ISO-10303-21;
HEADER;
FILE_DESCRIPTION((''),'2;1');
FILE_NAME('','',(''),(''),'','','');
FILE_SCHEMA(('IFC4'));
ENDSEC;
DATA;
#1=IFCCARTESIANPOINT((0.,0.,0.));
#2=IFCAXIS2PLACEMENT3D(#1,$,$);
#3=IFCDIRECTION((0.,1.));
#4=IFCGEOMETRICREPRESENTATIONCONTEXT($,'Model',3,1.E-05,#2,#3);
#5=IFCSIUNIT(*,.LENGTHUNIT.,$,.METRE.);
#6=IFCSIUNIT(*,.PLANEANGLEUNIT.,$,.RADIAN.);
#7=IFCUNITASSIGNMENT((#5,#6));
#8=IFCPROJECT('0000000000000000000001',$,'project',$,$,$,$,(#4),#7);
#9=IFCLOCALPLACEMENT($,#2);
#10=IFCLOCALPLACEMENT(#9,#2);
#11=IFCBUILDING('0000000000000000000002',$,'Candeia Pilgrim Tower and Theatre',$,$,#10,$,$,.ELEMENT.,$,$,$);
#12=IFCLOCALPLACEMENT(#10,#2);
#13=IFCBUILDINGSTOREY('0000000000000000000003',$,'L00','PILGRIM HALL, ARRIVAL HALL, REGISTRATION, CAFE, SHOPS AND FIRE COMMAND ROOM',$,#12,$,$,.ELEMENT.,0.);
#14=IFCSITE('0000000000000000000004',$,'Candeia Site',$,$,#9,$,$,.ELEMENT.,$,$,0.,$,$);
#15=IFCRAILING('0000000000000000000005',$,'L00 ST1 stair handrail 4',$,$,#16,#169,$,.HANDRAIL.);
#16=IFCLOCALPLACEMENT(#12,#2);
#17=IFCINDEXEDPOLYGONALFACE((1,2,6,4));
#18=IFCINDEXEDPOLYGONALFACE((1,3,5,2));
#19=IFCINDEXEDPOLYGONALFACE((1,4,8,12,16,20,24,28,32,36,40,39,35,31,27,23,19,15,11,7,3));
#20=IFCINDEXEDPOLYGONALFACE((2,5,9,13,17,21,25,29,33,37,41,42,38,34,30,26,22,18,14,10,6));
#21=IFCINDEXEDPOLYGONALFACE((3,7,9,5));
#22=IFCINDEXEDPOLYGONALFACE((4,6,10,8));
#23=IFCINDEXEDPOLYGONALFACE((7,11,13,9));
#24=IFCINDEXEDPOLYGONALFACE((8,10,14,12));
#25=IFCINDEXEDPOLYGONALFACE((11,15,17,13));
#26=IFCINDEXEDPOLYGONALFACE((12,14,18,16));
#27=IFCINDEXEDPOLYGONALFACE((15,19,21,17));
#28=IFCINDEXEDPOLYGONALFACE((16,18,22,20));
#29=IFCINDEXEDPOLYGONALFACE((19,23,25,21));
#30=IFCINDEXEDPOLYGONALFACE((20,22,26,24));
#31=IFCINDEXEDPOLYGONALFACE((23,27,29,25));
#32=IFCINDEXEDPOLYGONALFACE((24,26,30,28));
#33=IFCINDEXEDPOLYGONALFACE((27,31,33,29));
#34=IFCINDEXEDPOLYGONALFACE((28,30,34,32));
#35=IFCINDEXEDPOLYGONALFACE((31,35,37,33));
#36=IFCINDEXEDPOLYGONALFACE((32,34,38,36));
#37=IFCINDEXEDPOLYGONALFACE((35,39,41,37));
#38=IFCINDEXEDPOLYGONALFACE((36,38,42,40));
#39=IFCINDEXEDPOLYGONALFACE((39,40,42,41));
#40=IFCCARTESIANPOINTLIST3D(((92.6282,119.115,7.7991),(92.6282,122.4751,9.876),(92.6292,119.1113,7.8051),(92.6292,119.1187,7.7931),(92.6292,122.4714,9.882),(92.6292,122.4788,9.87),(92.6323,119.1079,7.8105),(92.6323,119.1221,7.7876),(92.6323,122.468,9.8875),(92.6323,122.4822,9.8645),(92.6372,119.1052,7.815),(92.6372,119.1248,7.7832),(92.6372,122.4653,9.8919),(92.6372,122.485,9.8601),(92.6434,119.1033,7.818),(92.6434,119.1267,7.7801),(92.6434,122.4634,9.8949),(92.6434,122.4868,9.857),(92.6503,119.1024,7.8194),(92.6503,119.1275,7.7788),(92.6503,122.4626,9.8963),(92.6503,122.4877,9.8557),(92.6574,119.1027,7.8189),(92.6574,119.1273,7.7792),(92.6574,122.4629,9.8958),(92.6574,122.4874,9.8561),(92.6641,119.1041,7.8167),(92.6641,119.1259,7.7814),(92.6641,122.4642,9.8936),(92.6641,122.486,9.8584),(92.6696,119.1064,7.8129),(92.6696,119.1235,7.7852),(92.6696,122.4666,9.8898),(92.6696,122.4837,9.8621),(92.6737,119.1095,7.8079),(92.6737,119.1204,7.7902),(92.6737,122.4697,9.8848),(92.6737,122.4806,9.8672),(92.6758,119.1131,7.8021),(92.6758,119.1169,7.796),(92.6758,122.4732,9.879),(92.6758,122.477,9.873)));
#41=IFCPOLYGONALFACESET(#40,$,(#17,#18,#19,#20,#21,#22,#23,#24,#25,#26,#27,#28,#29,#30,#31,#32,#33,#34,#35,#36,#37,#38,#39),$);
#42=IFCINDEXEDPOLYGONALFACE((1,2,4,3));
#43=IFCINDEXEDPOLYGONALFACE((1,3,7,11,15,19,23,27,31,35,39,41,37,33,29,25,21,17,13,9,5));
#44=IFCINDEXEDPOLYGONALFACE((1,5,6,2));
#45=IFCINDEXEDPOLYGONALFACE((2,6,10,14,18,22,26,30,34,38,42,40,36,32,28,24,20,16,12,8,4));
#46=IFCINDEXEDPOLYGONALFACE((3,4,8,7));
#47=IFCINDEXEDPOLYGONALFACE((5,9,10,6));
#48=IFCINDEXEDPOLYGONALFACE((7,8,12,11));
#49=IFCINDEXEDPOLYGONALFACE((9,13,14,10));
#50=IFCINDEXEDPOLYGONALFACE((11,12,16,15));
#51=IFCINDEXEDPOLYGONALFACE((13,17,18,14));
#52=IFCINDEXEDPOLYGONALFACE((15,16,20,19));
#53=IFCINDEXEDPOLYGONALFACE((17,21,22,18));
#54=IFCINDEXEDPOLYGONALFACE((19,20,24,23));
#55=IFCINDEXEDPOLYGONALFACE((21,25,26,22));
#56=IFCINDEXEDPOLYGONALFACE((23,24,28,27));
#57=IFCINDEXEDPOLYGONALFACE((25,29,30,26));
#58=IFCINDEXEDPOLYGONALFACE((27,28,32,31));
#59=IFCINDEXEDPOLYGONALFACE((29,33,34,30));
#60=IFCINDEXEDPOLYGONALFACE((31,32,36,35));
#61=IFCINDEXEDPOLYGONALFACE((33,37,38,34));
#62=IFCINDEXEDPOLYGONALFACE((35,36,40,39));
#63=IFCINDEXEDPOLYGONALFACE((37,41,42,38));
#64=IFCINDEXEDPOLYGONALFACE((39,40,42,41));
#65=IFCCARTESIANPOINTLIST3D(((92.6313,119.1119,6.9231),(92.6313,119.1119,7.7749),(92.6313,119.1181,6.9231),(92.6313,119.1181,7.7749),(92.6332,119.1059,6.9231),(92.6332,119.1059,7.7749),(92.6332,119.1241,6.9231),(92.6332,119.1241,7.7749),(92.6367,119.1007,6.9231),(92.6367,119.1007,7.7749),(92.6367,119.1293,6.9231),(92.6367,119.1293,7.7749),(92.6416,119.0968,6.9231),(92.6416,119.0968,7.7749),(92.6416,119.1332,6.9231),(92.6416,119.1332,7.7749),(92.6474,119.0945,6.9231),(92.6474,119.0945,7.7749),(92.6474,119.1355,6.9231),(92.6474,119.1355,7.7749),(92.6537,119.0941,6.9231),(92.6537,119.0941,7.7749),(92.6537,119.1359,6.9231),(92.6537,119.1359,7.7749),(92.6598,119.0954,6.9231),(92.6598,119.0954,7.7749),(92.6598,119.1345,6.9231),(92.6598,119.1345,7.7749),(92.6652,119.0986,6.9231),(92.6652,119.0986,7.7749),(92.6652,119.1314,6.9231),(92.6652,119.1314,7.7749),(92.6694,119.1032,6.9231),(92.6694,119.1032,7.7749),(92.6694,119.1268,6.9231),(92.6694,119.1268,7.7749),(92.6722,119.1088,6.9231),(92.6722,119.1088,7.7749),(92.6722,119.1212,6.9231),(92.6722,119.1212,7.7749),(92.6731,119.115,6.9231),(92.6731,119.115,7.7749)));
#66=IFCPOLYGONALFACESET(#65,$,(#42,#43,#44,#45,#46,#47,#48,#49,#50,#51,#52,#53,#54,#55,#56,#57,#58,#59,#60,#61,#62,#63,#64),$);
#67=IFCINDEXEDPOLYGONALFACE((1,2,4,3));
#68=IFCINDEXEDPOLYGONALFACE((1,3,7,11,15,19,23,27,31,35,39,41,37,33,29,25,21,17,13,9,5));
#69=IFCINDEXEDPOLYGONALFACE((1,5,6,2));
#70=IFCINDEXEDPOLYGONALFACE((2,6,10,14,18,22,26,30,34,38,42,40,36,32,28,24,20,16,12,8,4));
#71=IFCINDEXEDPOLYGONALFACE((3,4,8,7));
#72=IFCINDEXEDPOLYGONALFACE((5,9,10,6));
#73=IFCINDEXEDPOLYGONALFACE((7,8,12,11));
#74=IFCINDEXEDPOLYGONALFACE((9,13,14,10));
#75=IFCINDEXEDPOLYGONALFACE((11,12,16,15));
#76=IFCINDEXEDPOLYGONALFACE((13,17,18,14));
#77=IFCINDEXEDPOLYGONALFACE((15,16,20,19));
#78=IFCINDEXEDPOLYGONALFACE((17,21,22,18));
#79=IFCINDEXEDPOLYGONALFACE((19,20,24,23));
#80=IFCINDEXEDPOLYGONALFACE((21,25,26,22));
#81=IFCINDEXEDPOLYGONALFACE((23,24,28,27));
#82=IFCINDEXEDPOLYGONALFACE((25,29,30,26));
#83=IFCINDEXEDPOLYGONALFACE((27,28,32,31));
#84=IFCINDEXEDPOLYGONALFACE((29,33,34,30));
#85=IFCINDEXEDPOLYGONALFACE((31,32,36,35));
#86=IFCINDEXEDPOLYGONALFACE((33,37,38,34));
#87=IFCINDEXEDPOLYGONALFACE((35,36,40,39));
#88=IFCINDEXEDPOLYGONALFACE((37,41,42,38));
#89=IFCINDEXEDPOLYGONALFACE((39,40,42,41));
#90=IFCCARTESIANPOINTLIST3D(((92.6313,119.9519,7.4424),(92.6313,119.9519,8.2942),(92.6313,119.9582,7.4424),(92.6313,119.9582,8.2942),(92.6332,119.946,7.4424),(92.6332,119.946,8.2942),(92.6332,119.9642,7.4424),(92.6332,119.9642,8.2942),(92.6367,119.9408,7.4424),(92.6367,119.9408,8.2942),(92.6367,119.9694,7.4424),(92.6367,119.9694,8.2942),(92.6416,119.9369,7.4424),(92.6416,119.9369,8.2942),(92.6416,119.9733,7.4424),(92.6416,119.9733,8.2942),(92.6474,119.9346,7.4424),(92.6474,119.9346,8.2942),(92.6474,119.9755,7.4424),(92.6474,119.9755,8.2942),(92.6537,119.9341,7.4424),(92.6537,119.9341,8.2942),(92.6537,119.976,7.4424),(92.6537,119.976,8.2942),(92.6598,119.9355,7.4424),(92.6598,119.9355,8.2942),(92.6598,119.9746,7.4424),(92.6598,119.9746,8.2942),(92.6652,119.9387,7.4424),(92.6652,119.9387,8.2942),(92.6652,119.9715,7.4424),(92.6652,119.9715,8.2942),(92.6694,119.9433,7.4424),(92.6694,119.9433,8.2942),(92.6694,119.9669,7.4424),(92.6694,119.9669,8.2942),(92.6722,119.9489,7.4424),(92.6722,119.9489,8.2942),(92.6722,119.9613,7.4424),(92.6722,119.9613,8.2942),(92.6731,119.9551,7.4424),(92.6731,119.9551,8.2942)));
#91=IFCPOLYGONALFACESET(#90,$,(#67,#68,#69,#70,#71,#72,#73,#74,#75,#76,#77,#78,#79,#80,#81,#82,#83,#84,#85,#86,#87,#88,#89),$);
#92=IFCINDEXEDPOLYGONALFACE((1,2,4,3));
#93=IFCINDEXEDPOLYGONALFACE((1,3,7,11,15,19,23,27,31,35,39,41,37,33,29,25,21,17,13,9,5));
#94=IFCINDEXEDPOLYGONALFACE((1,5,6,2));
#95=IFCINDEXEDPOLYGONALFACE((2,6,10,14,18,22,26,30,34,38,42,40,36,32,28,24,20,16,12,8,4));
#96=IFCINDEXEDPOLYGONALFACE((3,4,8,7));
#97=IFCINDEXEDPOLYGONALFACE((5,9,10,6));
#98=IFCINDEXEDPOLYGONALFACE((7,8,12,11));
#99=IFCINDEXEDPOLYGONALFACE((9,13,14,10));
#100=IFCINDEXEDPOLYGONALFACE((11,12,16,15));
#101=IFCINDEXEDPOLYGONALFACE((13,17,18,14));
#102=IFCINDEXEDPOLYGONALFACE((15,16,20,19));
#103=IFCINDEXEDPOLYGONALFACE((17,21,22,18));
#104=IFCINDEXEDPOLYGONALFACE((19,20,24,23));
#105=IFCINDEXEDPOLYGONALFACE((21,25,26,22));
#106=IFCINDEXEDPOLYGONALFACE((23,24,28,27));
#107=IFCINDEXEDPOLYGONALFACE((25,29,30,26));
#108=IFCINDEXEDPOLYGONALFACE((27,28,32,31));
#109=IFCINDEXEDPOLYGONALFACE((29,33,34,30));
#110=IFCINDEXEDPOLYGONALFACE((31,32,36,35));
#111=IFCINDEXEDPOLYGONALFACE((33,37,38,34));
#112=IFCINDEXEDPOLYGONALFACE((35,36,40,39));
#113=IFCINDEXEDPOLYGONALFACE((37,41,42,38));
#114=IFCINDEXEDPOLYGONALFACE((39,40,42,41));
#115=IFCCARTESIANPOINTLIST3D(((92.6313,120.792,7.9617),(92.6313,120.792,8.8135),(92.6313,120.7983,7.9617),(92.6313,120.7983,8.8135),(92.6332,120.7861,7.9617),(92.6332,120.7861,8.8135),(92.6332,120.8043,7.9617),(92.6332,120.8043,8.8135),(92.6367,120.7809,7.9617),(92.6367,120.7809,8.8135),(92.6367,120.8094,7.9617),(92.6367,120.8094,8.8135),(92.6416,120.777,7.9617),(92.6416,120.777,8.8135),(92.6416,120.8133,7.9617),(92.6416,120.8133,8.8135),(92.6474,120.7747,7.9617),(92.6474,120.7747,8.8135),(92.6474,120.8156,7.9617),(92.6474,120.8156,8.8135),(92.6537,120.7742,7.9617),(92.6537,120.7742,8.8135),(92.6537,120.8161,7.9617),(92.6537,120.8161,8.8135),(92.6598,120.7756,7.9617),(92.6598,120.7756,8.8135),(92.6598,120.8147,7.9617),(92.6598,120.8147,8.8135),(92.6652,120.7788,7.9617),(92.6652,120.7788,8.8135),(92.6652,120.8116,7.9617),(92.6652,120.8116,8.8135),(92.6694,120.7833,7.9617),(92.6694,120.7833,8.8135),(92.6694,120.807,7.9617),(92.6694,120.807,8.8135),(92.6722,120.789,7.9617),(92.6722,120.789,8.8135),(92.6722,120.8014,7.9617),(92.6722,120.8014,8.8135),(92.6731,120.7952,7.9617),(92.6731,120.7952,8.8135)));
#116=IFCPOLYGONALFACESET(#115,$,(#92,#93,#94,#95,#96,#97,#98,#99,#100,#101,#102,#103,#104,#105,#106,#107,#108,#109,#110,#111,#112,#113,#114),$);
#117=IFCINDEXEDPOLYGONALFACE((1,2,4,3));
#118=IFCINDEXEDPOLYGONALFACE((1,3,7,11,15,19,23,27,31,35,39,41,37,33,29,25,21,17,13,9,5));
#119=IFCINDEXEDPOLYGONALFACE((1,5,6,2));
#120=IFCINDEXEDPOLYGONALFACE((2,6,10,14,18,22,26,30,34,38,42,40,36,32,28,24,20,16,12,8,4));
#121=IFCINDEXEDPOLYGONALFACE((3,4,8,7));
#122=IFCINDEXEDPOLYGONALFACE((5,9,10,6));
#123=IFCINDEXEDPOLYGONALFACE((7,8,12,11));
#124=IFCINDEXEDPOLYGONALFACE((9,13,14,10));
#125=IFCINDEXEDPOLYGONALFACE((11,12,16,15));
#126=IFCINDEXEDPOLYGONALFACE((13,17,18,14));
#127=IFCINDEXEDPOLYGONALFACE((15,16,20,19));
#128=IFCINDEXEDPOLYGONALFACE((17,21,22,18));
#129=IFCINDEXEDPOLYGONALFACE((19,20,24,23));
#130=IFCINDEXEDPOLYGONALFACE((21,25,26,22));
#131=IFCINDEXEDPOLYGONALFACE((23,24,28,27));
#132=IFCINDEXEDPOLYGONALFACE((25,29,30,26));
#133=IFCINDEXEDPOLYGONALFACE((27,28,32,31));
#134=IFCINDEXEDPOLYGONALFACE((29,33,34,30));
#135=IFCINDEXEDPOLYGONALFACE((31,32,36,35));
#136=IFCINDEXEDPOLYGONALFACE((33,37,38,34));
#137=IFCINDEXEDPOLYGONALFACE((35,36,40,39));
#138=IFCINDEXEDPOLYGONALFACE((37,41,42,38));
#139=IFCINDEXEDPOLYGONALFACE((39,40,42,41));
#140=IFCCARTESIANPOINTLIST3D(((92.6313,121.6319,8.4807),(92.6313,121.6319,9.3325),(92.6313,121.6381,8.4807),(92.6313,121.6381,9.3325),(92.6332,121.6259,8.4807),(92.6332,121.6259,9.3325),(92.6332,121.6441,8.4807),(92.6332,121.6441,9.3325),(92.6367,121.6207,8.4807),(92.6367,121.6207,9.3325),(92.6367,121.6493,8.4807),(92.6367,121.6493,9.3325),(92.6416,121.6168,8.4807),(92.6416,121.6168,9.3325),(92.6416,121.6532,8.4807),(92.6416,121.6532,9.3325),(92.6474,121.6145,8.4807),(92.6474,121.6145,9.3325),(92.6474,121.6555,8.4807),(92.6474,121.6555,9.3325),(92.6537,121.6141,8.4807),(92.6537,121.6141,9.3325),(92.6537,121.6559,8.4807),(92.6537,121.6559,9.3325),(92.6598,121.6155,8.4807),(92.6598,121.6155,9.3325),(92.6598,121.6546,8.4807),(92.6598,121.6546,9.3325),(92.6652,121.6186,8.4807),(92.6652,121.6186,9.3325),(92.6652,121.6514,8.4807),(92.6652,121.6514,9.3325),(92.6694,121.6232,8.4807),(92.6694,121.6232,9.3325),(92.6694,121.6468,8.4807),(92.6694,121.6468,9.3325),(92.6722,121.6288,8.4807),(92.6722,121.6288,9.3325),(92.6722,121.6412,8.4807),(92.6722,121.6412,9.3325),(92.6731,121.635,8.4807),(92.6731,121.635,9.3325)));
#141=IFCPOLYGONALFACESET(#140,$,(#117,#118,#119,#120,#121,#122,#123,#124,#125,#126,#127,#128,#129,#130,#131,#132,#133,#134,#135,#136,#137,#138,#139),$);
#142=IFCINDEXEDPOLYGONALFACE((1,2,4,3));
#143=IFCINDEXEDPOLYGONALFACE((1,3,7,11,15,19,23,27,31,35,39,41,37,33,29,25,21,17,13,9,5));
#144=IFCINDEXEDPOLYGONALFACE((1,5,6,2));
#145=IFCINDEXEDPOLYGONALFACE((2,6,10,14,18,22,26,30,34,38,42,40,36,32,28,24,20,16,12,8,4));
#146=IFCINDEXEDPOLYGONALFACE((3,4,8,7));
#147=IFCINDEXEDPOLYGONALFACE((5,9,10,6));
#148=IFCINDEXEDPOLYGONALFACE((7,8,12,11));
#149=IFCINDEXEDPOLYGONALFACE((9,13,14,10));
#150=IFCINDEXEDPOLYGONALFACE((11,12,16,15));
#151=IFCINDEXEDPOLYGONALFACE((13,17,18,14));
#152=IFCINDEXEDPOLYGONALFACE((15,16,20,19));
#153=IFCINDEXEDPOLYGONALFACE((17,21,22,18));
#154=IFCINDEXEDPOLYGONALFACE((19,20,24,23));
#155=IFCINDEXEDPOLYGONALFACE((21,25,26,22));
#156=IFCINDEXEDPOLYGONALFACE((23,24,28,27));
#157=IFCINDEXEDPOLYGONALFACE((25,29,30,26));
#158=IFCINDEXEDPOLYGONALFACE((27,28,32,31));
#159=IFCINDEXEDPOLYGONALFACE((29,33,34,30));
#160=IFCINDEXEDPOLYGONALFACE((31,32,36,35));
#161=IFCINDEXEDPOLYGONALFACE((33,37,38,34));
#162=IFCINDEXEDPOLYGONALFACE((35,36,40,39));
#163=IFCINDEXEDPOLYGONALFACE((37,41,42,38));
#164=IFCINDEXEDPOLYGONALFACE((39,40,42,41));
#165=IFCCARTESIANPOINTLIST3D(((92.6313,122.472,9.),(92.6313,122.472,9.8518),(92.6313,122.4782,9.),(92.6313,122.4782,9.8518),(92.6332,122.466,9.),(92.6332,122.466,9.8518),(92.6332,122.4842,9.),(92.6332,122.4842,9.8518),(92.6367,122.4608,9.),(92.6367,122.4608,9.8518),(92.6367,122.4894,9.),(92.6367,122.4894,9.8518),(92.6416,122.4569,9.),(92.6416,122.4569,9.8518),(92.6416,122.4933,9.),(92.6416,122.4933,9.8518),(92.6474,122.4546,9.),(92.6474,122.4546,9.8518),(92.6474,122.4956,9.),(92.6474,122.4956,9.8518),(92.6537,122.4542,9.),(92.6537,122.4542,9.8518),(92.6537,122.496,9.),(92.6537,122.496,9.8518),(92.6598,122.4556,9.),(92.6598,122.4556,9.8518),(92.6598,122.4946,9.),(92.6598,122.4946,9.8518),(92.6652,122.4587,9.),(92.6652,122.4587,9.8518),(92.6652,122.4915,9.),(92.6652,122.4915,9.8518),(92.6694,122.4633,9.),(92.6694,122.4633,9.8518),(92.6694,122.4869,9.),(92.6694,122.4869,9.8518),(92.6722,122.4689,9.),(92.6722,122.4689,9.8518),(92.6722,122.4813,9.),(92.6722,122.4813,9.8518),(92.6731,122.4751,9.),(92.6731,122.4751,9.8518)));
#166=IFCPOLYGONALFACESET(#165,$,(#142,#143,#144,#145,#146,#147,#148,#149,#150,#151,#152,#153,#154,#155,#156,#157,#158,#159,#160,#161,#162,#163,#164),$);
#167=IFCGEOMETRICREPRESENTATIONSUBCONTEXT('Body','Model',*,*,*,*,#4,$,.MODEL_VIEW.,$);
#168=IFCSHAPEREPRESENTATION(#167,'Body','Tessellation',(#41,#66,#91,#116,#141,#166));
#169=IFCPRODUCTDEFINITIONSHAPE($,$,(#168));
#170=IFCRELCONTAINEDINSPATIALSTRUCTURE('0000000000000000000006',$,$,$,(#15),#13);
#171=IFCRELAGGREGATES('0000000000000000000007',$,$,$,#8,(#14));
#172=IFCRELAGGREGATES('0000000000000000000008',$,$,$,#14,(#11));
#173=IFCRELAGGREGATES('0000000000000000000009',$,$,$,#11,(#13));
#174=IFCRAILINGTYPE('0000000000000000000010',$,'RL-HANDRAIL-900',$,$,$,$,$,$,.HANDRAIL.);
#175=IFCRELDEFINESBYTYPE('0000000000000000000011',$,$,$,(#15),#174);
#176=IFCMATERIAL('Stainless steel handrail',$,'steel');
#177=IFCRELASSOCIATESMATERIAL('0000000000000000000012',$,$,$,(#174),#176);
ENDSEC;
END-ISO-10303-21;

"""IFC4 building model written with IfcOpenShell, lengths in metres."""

from ifc_helpers import new_model, si_unit, direction, frame, origin, origin_2d, place, context, subcontext, project, spatial, circle, extrude, material, type_object, element, save


model = new_model("IFC4")

# Units and contexts
model_context = context("Model", 3, precision=1e-05, world=origin(), true_north=direction((0.0, 1.0)))
body_context = subcontext(model_context, "Body", "Model", "MODEL_VIEW")
ifc_project = project(units=[si_unit("LENGTHUNIT", "METRE"), si_unit("PLANEANGLEUNIT", "RADIAN")], contexts=[model_context])

# Site, building, storey
site_placement = place(None, origin())
site = spatial("IfcSite", under=ifc_project, at=site_placement, Name="Candeia Site", CompositionType="ELEMENT", RefElevation=0.0)
building_placement = place(site_placement, origin())
building = spatial("IfcBuilding", under=site, at=building_placement, Name="Candeia Pilgrim Tower and Theatre", CompositionType="ELEMENT")
storey_placement = place(building_placement, origin())
storey = spatial("IfcBuildingStorey", under=building, at=storey_placement, Name="L00", Description="PILGRIM HALL, ARRIVAL HALL, REGISTRATION, CAFE, SHOPS AND FIRE COMMAND ROOM", CompositionType="ELEMENT", Elevation=0.0)

# Railing
ifc_material_1 = material(Name="Stainless steel handrail", Category="steel")
railing_type_1 = type_object("IfcRailingType", Name="RL-HANDRAIL-900", PredefinedType="HANDRAIL", material=ifc_material_1)
railing_1_placement = place(storey_placement, frame((92.6521, 119.115, 6.9231)))
element("IfcRailing", 1, at=railing_1_placement, inside=storey, type_object=railing_type_1, Name="L00 ST1 stair handrail 4", PredefinedType="HANDRAIL", context=body_context, shape_type="SweptSolid", body=[
    extrude(circle(Radius=0.0239, at=origin_2d()), frame((0.0, 0.0, 0.876), z_axis=(0.0, 0.850623, 0.525776), x_axis=(-1.0, 0.0, 0.0)), (0.0, 0.0, 1.0), 3.9502),
    extrude(circle(Radius=0.021, at=origin_2d()), origin(), (0.0, 0.0, 1.0), 0.8518),
    extrude(circle(Radius=0.021, at=origin_2d()), frame((0.0, 0.8401, 0.5193)), (0.0, 0.0, 1.0), 0.8518),
    extrude(circle(Radius=0.021, at=origin_2d()), frame((0.0, 1.6802, 1.0386)), (0.0, 0.0, 1.0), 0.8518),
    extrude(circle(Radius=0.021, at=origin_2d()), frame((0.0, 2.52, 1.5576)), (0.0, 0.0, 1.0), 0.8518),
    extrude(circle(Radius=0.021, at=origin_2d()), frame((0.0, 3.3601, 2.0769)), (0.0, 0.0, 1.0), 0.8518),
])

save(model, "model.ifc")
